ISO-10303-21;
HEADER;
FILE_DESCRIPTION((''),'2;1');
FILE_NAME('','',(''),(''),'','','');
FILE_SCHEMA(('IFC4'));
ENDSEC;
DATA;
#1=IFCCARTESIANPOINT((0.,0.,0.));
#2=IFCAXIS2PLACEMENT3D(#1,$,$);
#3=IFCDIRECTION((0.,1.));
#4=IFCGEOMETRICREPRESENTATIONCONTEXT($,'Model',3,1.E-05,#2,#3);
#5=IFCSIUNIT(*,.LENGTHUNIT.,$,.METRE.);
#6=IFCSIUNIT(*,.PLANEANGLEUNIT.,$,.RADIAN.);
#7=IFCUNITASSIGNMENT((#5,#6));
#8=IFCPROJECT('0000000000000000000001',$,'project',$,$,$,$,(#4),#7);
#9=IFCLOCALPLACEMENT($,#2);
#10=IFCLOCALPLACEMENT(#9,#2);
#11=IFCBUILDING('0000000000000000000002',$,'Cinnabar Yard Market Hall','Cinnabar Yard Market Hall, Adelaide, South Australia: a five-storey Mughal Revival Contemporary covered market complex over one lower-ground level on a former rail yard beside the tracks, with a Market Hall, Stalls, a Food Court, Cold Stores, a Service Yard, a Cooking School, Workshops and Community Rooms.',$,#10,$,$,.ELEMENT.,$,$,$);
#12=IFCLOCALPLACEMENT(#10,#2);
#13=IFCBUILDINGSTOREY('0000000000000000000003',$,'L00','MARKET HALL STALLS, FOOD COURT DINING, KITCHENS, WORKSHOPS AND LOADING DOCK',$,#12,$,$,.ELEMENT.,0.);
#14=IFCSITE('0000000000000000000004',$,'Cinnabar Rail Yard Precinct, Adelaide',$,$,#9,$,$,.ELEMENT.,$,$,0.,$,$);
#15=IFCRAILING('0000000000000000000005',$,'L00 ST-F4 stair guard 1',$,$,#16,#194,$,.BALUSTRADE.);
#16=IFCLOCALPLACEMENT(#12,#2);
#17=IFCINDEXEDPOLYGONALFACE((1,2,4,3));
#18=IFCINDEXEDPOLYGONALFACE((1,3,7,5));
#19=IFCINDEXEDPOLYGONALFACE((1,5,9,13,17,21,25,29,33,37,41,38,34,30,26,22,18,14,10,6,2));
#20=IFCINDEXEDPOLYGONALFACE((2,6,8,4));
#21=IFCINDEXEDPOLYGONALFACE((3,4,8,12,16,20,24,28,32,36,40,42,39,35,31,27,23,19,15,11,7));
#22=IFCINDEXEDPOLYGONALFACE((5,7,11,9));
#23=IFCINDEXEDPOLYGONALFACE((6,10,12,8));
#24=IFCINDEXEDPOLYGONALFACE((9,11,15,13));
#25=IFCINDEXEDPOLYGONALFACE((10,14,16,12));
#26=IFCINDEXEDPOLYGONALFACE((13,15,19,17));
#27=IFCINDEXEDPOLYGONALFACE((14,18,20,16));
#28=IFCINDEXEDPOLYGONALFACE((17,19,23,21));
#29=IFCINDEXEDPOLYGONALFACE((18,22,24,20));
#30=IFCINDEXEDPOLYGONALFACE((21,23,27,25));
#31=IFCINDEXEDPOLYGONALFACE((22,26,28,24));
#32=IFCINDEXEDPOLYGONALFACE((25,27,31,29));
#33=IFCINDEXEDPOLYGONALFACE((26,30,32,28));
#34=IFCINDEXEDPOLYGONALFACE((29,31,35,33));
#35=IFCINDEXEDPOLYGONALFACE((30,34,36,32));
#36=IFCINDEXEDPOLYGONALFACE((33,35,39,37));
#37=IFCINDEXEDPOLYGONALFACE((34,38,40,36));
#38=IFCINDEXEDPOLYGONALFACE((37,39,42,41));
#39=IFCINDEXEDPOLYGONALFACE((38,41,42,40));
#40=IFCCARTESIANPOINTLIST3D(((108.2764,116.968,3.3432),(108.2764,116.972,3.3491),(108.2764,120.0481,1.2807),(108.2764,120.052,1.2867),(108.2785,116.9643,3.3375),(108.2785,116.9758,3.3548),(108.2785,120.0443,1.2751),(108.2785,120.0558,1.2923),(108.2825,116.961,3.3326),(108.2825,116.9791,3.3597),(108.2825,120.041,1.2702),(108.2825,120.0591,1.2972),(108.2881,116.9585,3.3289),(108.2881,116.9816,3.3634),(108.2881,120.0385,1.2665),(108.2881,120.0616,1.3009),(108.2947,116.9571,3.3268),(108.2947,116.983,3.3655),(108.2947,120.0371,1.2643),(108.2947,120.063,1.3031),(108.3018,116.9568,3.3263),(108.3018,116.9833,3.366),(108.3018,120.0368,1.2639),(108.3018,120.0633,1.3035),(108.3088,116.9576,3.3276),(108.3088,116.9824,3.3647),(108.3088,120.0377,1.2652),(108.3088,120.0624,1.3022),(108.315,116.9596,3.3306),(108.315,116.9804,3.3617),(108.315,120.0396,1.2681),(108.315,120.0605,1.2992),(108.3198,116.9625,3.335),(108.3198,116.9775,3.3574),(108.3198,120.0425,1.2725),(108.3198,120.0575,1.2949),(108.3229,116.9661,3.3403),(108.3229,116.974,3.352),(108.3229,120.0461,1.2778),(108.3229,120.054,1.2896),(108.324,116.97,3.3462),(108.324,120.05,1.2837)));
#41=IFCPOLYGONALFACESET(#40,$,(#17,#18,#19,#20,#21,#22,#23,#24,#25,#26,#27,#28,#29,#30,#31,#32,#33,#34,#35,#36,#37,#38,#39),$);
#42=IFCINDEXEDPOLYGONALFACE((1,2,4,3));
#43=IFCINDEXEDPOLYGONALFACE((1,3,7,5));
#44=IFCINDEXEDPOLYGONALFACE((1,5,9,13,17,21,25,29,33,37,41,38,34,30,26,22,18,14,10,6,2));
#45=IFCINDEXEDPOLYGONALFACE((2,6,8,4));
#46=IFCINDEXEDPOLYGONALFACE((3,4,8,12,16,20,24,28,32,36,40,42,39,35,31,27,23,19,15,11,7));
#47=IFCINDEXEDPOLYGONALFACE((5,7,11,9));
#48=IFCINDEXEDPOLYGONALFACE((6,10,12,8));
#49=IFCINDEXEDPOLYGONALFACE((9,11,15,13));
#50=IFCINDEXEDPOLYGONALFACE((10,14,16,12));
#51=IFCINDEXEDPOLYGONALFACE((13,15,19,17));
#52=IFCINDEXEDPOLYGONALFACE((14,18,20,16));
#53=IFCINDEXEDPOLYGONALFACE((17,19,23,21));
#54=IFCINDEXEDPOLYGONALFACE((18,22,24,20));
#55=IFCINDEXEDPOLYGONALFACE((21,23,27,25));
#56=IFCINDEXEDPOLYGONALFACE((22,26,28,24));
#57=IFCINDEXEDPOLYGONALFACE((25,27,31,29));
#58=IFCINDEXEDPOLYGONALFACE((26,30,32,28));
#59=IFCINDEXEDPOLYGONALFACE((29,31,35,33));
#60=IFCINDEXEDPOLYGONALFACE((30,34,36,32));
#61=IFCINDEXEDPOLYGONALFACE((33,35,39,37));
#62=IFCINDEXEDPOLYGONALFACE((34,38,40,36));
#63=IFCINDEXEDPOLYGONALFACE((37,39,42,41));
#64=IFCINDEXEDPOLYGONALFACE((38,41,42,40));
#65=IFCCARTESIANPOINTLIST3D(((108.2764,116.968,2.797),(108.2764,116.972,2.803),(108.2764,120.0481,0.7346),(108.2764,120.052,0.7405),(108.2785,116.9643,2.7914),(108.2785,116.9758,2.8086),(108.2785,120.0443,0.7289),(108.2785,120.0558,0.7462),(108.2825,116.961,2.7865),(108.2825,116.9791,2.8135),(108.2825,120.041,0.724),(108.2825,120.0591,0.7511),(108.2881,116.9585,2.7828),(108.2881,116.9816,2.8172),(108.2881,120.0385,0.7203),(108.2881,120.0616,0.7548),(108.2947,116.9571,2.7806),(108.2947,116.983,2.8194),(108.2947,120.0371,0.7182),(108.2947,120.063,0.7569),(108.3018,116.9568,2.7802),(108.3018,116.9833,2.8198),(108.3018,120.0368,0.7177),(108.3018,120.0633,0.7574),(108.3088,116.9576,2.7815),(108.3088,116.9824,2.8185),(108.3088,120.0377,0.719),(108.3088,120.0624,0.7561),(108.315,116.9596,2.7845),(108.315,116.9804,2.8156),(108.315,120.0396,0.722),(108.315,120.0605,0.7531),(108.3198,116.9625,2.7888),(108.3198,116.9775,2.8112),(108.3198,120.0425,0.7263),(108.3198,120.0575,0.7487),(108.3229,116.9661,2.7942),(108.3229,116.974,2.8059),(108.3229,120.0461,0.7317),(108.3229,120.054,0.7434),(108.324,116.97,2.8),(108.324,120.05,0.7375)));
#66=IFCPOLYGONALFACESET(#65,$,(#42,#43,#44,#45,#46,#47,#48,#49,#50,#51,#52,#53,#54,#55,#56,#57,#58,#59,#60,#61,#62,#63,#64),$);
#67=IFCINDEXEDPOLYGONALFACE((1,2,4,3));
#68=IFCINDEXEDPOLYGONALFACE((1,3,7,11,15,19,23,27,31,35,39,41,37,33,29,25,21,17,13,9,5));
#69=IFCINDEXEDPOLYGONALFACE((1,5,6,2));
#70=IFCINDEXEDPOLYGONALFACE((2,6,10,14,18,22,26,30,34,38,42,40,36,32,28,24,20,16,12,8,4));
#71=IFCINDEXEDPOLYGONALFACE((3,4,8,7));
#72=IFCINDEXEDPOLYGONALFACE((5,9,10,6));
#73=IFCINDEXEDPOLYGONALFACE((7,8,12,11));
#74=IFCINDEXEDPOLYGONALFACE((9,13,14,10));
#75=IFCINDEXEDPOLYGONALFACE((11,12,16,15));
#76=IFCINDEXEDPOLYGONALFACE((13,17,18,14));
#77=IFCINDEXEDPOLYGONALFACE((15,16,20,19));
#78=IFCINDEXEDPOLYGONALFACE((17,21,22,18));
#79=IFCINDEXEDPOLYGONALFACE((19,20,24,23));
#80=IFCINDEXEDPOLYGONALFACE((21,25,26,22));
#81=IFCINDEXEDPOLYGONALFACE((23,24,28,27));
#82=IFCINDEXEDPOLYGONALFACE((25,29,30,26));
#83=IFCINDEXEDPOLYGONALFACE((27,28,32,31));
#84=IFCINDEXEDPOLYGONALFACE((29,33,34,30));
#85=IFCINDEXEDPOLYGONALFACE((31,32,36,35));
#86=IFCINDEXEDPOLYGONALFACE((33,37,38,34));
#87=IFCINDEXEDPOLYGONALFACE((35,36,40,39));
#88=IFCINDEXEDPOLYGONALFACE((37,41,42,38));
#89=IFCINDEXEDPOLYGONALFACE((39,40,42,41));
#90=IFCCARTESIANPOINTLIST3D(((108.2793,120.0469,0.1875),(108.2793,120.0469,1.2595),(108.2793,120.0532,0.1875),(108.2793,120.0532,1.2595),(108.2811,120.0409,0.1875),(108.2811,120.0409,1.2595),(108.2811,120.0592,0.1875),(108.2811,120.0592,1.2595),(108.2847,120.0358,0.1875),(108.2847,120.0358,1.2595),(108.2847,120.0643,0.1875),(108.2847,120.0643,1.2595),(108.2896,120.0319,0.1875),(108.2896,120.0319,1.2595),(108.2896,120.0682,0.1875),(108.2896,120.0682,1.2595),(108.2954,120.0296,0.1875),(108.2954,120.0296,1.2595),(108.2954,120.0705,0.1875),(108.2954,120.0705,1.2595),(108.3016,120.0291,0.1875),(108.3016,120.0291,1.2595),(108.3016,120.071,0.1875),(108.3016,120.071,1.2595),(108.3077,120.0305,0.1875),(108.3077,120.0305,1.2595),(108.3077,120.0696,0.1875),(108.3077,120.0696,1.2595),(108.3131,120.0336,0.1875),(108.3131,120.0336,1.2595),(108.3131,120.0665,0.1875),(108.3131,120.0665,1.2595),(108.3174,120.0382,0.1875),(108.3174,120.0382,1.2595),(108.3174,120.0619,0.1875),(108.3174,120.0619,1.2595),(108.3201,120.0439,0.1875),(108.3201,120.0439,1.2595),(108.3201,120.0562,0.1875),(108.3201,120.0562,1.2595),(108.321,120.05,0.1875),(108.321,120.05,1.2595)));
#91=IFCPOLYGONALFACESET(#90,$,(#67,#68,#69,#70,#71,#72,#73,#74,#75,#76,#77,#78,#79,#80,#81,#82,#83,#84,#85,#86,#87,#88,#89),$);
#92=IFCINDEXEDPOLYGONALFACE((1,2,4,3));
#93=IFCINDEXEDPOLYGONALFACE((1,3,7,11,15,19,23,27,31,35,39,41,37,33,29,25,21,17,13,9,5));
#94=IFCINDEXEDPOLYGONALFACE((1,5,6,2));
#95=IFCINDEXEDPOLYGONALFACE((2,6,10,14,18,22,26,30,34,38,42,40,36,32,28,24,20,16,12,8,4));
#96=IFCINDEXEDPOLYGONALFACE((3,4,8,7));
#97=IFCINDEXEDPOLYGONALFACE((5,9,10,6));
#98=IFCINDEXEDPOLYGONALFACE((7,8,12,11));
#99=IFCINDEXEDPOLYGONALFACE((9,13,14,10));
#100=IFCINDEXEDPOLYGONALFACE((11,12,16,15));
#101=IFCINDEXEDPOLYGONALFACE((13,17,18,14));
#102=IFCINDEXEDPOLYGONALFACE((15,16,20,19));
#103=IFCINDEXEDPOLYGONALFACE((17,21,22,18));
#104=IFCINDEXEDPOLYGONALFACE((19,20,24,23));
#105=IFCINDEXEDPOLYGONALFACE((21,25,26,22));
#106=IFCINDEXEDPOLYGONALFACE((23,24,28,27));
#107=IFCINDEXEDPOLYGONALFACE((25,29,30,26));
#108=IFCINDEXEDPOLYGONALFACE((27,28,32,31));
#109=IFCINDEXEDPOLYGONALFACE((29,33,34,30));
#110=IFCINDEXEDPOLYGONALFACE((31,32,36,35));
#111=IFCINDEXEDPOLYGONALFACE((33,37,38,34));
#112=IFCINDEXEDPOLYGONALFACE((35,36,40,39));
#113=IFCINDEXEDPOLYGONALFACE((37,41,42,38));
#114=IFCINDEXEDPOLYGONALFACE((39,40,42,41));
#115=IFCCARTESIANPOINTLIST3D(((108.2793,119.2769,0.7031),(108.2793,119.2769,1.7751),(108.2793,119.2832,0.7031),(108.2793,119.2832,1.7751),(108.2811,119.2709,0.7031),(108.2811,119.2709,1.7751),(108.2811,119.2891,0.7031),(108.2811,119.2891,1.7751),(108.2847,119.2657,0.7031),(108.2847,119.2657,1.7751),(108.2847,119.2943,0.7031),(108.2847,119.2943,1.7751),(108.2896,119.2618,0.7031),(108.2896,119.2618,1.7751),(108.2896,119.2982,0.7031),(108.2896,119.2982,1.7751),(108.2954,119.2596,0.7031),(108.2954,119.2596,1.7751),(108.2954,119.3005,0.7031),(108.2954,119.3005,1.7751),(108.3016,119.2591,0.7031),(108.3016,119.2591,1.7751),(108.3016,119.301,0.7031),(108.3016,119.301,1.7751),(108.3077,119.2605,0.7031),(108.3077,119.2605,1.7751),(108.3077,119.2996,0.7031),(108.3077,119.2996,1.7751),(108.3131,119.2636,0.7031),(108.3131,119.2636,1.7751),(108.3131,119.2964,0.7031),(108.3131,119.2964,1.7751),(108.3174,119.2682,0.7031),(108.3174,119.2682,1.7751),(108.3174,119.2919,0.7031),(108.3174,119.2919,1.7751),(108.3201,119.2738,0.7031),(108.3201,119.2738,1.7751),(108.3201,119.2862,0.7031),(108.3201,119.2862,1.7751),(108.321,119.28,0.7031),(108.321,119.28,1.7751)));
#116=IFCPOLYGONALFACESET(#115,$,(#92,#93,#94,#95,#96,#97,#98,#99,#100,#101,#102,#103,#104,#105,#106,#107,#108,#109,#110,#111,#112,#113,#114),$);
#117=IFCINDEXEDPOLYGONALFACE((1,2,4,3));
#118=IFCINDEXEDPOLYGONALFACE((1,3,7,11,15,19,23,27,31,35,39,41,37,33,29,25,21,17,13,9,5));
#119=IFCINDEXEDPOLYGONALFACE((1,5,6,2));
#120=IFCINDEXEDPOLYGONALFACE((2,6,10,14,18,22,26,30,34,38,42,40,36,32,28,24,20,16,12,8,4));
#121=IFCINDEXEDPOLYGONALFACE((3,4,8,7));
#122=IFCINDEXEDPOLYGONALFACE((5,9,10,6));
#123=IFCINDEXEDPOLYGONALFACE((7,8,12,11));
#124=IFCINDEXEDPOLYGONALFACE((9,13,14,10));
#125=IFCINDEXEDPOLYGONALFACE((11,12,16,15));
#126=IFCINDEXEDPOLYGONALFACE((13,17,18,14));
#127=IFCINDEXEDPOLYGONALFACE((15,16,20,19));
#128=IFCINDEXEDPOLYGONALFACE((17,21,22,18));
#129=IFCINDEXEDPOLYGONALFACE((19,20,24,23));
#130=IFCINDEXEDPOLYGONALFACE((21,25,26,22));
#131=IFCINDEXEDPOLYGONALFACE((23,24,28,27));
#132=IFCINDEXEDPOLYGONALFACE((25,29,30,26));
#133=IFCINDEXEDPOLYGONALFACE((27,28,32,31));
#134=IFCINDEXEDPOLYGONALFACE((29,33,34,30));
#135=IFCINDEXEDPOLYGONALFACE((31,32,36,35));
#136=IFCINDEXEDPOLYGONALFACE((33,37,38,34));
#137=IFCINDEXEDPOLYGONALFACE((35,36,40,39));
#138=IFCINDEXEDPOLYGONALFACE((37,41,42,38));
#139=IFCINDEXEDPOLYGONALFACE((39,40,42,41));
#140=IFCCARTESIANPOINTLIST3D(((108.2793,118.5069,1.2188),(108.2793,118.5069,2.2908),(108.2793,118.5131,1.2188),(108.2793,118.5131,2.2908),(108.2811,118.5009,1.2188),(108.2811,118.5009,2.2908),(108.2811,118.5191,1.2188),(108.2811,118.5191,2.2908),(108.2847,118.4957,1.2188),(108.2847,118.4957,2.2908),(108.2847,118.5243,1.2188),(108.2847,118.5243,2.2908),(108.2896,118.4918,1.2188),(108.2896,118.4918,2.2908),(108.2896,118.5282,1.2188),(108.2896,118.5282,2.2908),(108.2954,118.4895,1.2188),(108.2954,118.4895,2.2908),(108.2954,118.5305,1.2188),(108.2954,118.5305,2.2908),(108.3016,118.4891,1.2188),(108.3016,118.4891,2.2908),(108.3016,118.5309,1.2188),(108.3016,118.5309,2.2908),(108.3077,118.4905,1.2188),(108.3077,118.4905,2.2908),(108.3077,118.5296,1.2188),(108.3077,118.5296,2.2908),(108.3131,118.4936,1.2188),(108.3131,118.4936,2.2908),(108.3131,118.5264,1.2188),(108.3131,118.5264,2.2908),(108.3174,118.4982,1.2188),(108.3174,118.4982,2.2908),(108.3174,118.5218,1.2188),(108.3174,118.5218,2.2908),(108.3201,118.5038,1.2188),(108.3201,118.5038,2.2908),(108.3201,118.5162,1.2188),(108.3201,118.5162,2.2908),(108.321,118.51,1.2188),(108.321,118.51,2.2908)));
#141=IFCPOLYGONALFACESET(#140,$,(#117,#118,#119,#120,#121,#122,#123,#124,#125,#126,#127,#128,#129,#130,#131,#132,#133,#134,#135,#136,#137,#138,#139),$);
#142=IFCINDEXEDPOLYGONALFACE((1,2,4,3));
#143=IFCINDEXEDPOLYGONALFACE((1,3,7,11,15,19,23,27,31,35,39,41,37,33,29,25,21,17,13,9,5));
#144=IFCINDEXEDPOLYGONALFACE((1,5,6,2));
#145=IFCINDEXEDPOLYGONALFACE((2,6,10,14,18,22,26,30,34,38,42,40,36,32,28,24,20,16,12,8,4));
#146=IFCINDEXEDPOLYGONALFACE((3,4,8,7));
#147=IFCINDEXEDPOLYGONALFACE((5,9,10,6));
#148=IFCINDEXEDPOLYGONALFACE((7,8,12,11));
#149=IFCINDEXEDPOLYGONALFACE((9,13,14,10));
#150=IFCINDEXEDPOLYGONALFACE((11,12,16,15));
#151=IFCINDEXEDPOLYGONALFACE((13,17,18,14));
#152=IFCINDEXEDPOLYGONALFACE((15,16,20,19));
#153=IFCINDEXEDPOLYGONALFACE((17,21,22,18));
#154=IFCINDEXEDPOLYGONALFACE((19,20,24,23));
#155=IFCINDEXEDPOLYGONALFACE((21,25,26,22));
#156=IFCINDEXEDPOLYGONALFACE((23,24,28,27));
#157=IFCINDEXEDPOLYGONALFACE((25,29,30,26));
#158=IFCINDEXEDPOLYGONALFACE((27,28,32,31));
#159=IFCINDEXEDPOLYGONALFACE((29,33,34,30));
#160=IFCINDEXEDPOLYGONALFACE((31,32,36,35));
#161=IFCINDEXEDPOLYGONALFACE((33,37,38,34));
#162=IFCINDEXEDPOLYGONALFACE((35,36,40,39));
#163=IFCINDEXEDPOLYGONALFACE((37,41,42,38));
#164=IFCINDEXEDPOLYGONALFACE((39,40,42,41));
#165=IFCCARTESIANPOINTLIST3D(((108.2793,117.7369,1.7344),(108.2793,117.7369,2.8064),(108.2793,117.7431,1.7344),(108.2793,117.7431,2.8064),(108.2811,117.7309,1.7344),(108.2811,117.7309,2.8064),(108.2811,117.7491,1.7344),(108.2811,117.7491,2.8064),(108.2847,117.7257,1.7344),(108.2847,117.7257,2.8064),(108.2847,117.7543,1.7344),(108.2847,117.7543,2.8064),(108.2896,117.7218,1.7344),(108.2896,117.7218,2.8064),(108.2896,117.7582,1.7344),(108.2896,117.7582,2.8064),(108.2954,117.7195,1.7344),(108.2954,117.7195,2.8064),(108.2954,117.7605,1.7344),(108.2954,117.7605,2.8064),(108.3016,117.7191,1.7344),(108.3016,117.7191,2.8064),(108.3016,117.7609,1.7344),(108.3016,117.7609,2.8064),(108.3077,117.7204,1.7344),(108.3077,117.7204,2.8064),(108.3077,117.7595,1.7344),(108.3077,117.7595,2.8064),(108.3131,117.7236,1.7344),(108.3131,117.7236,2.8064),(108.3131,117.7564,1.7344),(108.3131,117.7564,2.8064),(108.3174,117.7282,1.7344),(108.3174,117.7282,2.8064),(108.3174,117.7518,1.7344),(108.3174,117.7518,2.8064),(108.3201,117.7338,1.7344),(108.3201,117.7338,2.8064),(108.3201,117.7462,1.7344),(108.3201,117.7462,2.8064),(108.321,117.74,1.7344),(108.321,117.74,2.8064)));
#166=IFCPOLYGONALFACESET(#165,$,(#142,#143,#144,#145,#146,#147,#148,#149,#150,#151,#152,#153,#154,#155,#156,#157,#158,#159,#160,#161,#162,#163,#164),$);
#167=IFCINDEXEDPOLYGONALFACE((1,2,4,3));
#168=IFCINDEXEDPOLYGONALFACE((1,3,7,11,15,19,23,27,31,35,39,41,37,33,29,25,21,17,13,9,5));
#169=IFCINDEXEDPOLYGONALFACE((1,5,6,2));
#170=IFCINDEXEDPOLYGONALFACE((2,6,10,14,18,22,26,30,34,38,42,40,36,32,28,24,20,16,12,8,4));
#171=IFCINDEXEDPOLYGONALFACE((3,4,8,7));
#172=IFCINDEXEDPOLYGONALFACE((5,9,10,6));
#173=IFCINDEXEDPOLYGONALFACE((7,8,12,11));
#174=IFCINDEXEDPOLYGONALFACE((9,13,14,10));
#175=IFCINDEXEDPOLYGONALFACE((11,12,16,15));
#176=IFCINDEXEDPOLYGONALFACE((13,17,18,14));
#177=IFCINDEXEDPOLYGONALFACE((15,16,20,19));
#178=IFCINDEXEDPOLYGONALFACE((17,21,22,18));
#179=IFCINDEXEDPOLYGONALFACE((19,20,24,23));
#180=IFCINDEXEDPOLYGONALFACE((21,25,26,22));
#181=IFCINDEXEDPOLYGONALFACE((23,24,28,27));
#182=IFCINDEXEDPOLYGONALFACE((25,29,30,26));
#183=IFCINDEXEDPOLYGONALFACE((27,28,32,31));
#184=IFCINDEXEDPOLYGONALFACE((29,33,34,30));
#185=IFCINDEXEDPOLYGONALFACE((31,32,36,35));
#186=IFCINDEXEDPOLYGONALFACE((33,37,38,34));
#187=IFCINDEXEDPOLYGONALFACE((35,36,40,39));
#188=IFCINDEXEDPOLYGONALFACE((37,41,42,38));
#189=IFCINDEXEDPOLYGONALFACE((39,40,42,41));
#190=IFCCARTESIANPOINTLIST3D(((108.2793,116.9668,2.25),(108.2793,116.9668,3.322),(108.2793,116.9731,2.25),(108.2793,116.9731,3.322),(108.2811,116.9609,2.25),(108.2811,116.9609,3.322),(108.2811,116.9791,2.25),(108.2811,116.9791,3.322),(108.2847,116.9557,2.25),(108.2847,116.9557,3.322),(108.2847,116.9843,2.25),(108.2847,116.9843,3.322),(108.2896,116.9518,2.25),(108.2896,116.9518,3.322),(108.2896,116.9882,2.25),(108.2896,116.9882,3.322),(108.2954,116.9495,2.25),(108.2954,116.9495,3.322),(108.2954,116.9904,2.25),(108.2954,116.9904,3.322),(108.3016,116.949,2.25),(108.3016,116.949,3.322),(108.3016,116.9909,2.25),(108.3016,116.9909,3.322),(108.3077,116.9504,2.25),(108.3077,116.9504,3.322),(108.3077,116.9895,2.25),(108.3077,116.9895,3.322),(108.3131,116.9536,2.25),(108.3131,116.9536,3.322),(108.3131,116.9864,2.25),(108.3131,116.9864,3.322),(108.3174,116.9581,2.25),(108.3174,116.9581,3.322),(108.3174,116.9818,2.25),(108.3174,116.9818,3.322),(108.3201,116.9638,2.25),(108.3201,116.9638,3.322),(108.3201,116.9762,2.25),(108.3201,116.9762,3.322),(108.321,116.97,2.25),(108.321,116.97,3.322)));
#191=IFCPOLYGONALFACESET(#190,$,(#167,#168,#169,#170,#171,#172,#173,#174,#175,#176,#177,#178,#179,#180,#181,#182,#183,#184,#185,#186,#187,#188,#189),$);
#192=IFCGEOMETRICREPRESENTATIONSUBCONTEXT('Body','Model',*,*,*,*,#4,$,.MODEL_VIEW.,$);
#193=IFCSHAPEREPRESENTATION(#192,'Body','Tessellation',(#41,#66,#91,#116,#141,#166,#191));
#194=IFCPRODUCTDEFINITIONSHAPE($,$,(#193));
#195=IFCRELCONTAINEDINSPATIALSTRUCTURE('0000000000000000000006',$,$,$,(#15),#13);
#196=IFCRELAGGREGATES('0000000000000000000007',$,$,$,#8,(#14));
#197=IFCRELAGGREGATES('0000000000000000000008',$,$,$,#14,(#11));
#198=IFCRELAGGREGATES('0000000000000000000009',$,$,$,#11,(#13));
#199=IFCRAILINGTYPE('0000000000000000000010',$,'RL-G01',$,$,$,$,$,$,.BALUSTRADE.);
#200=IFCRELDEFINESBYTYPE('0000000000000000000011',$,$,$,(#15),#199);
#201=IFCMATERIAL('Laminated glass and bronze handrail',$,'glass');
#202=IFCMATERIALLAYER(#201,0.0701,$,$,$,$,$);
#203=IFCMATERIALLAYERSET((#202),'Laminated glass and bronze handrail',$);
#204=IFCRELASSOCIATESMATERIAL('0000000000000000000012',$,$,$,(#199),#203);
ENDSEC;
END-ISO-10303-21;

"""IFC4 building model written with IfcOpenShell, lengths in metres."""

from ifc_helpers import new_model, si_unit, direction, frame, origin, origin_2d_with_axis, place, context, subcontext, project, spatial, circle, extrude, material, layer, layer_set, type_object, element, save


model = new_model("IFC4")

# Units and contexts
model_context = context("Model", 3, precision=1e-05, world=origin(), true_north=direction((0.0, 1.0)))
body_context = subcontext(model_context, "Body", "Model", "MODEL_VIEW")
ifc_project = project(units=[si_unit("LENGTHUNIT", "METRE"), si_unit("PLANEANGLEUNIT", "RADIAN")], contexts=[model_context])

# Site, building, storey
site_placement = place(None, origin())
site = spatial("IfcSite", under=ifc_project, at=site_placement, Name="Cinnabar Rail Yard Precinct, Adelaide", CompositionType="ELEMENT", RefElevation=0.0)
building_placement = place(site_placement, origin())
building = spatial("IfcBuilding", under=site, at=building_placement, Name="Cinnabar Yard Market Hall", Description="Cinnabar Yard Market Hall, Adelaide, South Australia: a five-storey Mughal Revival Contemporary covered market complex over one lower-ground level on a former rail yard beside the tracks, with a Market Hall, Stalls, a Food Court, Cold Stores, a Service Yard, a Cooking School, Workshops and Community Rooms.", CompositionType="ELEMENT")
storey_placement = place(building_placement, origin())
storey = spatial("IfcBuildingStorey", under=building, at=storey_placement, Name="L00", Description="MARKET HALL STALLS, FOOD COURT DINING, KITCHENS, WORKSHOPS AND LOADING DOCK", CompositionType="ELEMENT", Elevation=0.0)

# Railing
ifc_material_1 = material(Name="Laminated glass and bronze handrail", Category="glass")
ifc_layer_1 = layer(ifc_material_1, 0.0701)
ifc_layer_set_1 = layer_set([ifc_layer_1], Name="Laminated glass and bronze handrail")
railing_type_1 = type_object("IfcRailingType", Name="RL-G01", PredefinedType="BALUSTRADE", material=ifc_layer_set_1)
railing_1_placement = place(storey_placement, frame((108.3, 120.05, 0.1875)))
element("IfcRailing", 1, at=railing_1_placement, inside=storey, type_object=railing_type_1, Name="L00 ST-F4 stair guard 1", PredefinedType="BALUSTRADE", context=body_context, shape_type="SweptSolid", body=[
    extrude(circle(Radius=0.0239, at=origin_2d_with_axis()), frame((0.0, 0.0, 1.0962), z_axis=(0.0, -0.830914, 0.556401), x_axis=(1.0, 0.0, 0.0)), (0.0, 0.0, 1.0), 3.7068),
    extrude(circle(Radius=0.0239, at=origin_2d_with_axis()), frame((0.0, 0.0, 0.55), z_axis=(0.0, -0.830914, 0.556401), x_axis=(1.0, 0.0, 0.0)), (0.0, 0.0, 1.0), 3.7068),
    extrude(circle(Radius=0.021, at=origin_2d_with_axis()), origin(), (0.0, 0.0, 1.0), 1.072),
    extrude(circle(Radius=0.021, at=origin_2d_with_axis()), frame((0.0, -0.77, 0.5156)), (0.0, 0.0, 1.0), 1.072),
    extrude(circle(Radius=0.021, at=origin_2d_with_axis()), frame((0.0, -1.54, 1.0312)), (0.0, 0.0, 1.0), 1.072),
    extrude(circle(Radius=0.021, at=origin_2d_with_axis()), frame((0.0, -2.3101, 1.5469)), (0.0, 0.0, 1.0), 1.072),
    extrude(circle(Radius=0.021, at=origin_2d_with_axis()), frame((0.0, -3.0801, 2.0625)), (0.0, 0.0, 1.0), 1.072),
])

save(model, "model.ifc")
